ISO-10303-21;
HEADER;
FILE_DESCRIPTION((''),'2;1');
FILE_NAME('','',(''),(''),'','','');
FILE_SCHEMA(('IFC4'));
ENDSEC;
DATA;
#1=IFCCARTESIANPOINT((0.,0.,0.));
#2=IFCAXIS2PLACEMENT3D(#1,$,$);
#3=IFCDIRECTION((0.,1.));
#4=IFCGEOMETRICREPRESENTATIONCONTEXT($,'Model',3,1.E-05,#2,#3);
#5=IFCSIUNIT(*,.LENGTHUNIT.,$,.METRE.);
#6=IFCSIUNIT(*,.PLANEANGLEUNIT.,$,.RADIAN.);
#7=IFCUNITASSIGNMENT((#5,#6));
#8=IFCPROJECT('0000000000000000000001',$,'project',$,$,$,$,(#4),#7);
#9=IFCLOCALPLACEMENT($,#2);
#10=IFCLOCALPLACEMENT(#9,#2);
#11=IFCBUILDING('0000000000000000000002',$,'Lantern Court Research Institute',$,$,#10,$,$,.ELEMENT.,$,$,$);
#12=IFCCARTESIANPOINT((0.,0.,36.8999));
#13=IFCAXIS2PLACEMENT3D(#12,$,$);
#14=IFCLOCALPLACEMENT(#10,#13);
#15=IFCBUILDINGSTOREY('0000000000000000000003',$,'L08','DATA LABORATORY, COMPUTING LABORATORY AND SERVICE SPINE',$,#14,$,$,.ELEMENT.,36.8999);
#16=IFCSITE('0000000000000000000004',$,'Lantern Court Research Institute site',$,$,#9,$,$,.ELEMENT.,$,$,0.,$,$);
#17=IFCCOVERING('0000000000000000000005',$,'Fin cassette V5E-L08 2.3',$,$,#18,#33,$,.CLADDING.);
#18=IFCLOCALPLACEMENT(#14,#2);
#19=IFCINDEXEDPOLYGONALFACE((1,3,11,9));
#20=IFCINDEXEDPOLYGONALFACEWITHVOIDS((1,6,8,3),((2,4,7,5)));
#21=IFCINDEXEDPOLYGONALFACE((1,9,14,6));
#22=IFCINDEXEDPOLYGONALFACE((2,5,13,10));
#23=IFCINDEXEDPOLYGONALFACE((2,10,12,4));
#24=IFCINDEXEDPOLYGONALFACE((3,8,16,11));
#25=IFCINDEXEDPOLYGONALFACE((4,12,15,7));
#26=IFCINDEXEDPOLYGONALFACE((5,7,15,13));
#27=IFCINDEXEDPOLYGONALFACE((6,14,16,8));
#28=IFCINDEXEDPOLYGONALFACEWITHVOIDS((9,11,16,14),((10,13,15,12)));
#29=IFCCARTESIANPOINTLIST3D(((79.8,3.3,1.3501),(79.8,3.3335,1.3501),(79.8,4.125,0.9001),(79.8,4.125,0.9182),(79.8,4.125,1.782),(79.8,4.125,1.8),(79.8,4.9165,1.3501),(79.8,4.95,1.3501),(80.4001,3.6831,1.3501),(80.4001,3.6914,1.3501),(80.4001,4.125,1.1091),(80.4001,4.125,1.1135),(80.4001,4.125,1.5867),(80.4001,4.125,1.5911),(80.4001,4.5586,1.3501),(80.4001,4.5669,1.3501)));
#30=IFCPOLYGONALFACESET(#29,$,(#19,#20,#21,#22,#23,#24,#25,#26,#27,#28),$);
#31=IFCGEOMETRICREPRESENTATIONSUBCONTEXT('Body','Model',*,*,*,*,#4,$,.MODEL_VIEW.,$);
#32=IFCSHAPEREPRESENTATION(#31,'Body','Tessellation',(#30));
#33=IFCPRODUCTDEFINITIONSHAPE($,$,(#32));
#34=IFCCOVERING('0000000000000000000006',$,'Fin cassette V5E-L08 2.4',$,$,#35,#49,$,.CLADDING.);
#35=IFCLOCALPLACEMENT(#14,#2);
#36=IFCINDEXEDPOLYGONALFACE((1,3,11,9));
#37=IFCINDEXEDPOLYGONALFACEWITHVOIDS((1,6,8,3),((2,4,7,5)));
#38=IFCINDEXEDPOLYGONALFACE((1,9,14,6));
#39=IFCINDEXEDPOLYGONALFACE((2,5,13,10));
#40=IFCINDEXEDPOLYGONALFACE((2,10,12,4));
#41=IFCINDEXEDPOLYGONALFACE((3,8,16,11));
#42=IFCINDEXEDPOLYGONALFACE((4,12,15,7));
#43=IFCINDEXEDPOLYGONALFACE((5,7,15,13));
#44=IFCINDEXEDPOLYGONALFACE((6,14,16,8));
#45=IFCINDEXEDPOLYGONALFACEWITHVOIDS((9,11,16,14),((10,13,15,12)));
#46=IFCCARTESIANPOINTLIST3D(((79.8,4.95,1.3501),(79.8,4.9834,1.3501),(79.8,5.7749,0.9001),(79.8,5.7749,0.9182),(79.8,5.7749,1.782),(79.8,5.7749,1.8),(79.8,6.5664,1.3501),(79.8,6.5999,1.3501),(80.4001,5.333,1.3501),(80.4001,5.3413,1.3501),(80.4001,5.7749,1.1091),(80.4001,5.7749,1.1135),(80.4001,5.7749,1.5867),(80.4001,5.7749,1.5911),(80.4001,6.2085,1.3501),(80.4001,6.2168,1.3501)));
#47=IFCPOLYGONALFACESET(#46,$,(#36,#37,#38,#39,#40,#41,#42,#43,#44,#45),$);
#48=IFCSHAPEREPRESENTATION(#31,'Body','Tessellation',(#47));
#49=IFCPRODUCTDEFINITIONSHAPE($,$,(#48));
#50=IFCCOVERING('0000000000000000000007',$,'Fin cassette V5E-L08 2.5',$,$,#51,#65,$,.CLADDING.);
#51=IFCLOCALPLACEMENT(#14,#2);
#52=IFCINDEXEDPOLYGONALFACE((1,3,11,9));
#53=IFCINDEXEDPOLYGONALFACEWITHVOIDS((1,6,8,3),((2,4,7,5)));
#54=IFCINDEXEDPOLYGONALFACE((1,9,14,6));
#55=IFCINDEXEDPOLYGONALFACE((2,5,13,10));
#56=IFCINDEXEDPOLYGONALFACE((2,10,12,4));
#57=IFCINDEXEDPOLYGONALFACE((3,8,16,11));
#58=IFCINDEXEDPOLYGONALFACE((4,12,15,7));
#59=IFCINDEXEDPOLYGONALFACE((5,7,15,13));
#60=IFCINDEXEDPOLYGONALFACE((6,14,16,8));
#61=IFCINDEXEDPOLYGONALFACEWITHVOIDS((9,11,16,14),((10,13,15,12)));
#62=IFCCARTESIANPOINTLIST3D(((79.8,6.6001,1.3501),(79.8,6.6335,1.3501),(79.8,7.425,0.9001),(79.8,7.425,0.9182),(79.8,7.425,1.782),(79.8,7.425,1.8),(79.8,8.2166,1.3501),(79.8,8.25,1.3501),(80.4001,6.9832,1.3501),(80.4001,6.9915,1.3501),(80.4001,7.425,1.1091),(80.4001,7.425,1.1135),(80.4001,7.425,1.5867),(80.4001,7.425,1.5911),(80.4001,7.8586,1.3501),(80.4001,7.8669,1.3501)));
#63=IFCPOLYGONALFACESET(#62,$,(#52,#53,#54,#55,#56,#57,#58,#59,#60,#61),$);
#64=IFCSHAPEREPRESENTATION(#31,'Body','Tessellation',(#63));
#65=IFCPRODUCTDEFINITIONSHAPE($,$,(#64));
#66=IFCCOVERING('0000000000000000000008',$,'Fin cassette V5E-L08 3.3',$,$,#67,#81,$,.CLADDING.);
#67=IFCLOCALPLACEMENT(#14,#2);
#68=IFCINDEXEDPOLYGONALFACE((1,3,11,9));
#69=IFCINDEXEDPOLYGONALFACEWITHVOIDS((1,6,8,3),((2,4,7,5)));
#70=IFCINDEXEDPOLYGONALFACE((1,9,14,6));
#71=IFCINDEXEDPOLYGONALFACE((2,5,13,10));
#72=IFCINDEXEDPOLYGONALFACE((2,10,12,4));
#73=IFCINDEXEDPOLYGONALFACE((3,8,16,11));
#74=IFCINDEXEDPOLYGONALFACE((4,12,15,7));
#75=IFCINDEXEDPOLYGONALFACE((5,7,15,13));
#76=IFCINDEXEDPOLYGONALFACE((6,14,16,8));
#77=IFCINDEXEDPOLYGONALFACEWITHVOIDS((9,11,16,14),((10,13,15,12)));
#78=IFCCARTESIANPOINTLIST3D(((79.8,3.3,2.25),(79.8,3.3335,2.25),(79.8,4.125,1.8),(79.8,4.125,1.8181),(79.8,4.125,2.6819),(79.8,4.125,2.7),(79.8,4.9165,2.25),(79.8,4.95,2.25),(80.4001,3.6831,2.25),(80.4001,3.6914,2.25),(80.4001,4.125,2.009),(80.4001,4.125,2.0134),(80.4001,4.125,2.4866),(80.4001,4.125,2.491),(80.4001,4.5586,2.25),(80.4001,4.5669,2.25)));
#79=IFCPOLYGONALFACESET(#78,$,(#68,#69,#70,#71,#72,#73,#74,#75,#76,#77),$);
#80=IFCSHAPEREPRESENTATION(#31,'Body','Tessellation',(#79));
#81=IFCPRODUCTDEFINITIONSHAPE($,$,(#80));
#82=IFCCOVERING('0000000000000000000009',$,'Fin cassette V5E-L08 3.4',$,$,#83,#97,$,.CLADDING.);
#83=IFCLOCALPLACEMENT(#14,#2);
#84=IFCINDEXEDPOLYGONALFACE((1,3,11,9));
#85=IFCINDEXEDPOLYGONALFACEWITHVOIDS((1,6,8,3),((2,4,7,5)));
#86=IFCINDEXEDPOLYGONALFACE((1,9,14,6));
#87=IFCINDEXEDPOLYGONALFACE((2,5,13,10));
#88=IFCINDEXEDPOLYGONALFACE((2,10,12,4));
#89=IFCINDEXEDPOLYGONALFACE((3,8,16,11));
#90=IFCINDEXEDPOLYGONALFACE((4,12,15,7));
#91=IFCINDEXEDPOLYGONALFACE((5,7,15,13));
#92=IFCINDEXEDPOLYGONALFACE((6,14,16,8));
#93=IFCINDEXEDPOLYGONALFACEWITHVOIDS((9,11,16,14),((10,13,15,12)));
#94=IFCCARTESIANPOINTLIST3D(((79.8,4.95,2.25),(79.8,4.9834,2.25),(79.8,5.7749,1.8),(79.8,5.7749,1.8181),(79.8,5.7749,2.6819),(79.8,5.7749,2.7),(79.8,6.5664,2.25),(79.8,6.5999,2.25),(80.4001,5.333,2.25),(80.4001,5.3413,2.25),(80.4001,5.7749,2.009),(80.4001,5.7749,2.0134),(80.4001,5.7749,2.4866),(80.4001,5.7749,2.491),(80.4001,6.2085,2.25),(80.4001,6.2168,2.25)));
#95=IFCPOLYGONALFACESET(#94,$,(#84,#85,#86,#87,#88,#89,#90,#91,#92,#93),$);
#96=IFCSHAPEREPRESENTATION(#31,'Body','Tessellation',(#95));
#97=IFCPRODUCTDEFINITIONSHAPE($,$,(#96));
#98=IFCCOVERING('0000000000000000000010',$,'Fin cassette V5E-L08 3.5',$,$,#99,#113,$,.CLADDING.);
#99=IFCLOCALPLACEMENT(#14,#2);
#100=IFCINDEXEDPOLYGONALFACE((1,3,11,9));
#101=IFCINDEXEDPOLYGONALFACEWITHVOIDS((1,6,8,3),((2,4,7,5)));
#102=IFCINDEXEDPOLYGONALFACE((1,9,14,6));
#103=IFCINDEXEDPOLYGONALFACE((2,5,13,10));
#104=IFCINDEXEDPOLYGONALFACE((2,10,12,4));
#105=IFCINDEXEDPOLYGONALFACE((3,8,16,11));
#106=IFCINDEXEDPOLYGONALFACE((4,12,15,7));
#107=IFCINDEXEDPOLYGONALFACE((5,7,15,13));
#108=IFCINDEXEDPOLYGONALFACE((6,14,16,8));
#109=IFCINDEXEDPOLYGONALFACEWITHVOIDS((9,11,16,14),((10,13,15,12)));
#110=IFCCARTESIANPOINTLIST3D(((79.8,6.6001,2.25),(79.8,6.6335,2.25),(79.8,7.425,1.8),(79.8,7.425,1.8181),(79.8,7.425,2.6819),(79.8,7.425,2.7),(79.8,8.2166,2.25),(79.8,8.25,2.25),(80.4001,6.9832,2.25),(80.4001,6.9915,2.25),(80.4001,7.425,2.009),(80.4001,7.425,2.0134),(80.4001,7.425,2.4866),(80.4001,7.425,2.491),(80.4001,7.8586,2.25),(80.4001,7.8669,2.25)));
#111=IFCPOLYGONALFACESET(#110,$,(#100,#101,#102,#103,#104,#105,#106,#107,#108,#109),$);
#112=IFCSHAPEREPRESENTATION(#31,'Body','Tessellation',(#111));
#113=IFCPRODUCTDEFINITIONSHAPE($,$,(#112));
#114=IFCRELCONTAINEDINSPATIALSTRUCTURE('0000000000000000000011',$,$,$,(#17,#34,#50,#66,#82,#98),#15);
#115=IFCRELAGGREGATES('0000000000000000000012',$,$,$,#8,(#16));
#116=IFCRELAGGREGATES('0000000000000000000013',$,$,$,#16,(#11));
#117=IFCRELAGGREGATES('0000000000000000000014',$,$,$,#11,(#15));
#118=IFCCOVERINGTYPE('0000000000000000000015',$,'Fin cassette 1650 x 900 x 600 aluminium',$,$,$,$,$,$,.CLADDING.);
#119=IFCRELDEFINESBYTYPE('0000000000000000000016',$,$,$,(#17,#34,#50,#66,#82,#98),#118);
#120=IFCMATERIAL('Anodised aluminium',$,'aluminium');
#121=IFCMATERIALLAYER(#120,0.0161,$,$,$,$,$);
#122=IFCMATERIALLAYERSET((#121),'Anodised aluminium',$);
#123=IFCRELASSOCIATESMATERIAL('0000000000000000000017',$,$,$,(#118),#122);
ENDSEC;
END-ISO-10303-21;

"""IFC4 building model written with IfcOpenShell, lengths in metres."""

from ifc_helpers import new_model, entity, si_unit, direction, frame, origin, place, context, subcontext, project, spatial, material, layer, layer_set, type_object, element, save


model = new_model("IFC4")

# Units and contexts
model_context = context("Model", 3, precision=1e-05, world=origin(), true_north=direction((0.0, 1.0)))
body_context = subcontext(model_context, "Body", "Model", "MODEL_VIEW")
ifc_project = project(units=[si_unit("LENGTHUNIT", "METRE"), si_unit("PLANEANGLEUNIT", "RADIAN")], contexts=[model_context])

# Site, building, storey
site_placement = place(None, origin())
site = spatial("IfcSite", under=ifc_project, at=site_placement, Name="Lantern Court Research Institute site", CompositionType="ELEMENT", RefElevation=0.0)
building_placement = place(site_placement, origin())
building = spatial("IfcBuilding", under=site, at=building_placement, Name="Lantern Court Research Institute", CompositionType="ELEMENT")
storey_placement = place(building_placement, frame((0.0, 0.0, 36.8999)))
storey = spatial("IfcBuildingStorey", under=building, at=storey_placement, Name="L08", Description="DATA LABORATORY, COMPUTING LABORATORY AND SERVICE SPINE", CompositionType="ELEMENT", Elevation=36.8999)

# Coverings
ifc_material_1 = material(Name="Anodised aluminium", Category="aluminium")
ifc_layer_1 = layer(ifc_material_1, 0.0161)
ifc_layer_set_1 = layer_set([ifc_layer_1], Name="Anodised aluminium")
covering_type = type_object("IfcCoveringType", Name="Fin cassette 1650 x 900 x 600 aluminium", PredefinedType="CLADDING", material=ifc_layer_set_1)
covering_1_placement = place(storey_placement, frame((79.8, 4.125, 1.3501), z_axis=(1.0, 0.0, 0.0), x_axis=(0.0, 1.0, 0.0)))
cartesian_point_1 = entity("IfcCartesianPoint", [0.825, 0.0])
cartesian_point_2 = entity("IfcCartesianPoint", [0.7915, 0.0])
cartesian_point_3 = entity("IfcCartesianPoint", [0.4419, 0.0])
cartesian_point_4 = entity("IfcCartesianPoint", [0.4336, 0.0])
element("IfcCovering", 1, at=covering_1_placement, inside=storey, type_object=covering_type, Name="Fin cassette V5E-L08 2.3", PredefinedType="CLADDING", context=body_context, shape_type="SweptSolid", body=[
    entity("IfcExtrudedAreaSolidTapered", entity("IfcArbitraryProfileDefWithVoids", "AREA", None, entity("IfcPolyline", [cartesian_point_1, entity("IfcCartesianPoint", [0.0, 0.45]), entity("IfcCartesianPoint", [-0.825, 0.0]), entity("IfcCartesianPoint", [0.0, -0.45]), cartesian_point_1]), [entity("IfcPolyline", [cartesian_point_2, entity("IfcCartesianPoint", [0.0, 0.4319]), entity("IfcCartesianPoint", [-0.7915, 0.0]), entity("IfcCartesianPoint", [0.0, -0.4319]), cartesian_point_2])]), entity("IfcAxis2Placement3D", entity("IfcCartesianPoint", [0.0, 0.0, 0.0])), entity("IfcDirection", [0.0, 0.0, 1.0]), 0.6001, entity("IfcArbitraryProfileDefWithVoids", "AREA", None, entity("IfcPolyline", [cartesian_point_3, entity("IfcCartesianPoint", [0.0, 0.241]), entity("IfcCartesianPoint", [-0.4419, 0.0]), entity("IfcCartesianPoint", [0.0, -0.241]), cartesian_point_3]), [entity("IfcPolyline", [cartesian_point_4, entity("IfcCartesianPoint", [0.0, 0.2366]), entity("IfcCartesianPoint", [-0.4336, 0.0]), entity("IfcCartesianPoint", [0.0, -0.2366]), cartesian_point_4])])),
])
covering_2_placement = place(storey_placement, frame((79.8, 5.7749, 1.3501), z_axis=(1.0, 0.0, 0.0), x_axis=(0.0, 1.0, 0.0)))
cartesian_point_5 = entity("IfcCartesianPoint", [0.825, 0.0])
cartesian_point_6 = entity("IfcCartesianPoint", [0.7915, 0.0])
cartesian_point_7 = entity("IfcCartesianPoint", [0.4419, 0.0])
cartesian_point_8 = entity("IfcCartesianPoint", [0.4336, 0.0])
element("IfcCovering", 2, at=covering_2_placement, inside=storey, type_object=covering_type, Name="Fin cassette V5E-L08 2.4", PredefinedType="CLADDING", context=body_context, shape_type="SweptSolid", body=[
    entity("IfcExtrudedAreaSolidTapered", entity("IfcArbitraryProfileDefWithVoids", "AREA", None, entity("IfcPolyline", [cartesian_point_5, entity("IfcCartesianPoint", [0.0, 0.45]), entity("IfcCartesianPoint", [-0.825, 0.0]), entity("IfcCartesianPoint", [0.0, -0.45]), cartesian_point_5]), [entity("IfcPolyline", [cartesian_point_6, entity("IfcCartesianPoint", [0.0, 0.4319]), entity("IfcCartesianPoint", [-0.7915, 0.0]), entity("IfcCartesianPoint", [0.0, -0.4319]), cartesian_point_6])]), entity("IfcAxis2Placement3D", entity("IfcCartesianPoint", [0.0, 0.0, 0.0])), entity("IfcDirection", [0.0, 0.0, 1.0]), 0.6001, entity("IfcArbitraryProfileDefWithVoids", "AREA", None, entity("IfcPolyline", [cartesian_point_7, entity("IfcCartesianPoint", [0.0, 0.241]), entity("IfcCartesianPoint", [-0.4419, 0.0]), entity("IfcCartesianPoint", [0.0, -0.241]), cartesian_point_7]), [entity("IfcPolyline", [cartesian_point_8, entity("IfcCartesianPoint", [0.0, 0.2366]), entity("IfcCartesianPoint", [-0.4336, 0.0]), entity("IfcCartesianPoint", [0.0, -0.2366]), cartesian_point_8])])),
])
covering_3_placement = place(storey_placement, frame((79.8, 7.425, 1.3501), z_axis=(1.0, 0.0, 0.0), x_axis=(0.0, 1.0, 0.0)))
cartesian_point_9 = entity("IfcCartesianPoint", [0.825, 0.0])
cartesian_point_10 = entity("IfcCartesianPoint", [0.7915, 0.0])
cartesian_point_11 = entity("IfcCartesianPoint", [0.4419, 0.0])
cartesian_point_12 = entity("IfcCartesianPoint", [0.4336, 0.0])
element("IfcCovering", 3, at=covering_3_placement, inside=storey, type_object=covering_type, Name="Fin cassette V5E-L08 2.5", PredefinedType="CLADDING", context=body_context, shape_type="SweptSolid", body=[
    entity("IfcExtrudedAreaSolidTapered", entity("IfcArbitraryProfileDefWithVoids", "AREA", None, entity("IfcPolyline", [cartesian_point_9, entity("IfcCartesianPoint", [0.0, 0.45]), entity("IfcCartesianPoint", [-0.825, 0.0]), entity("IfcCartesianPoint", [0.0, -0.45]), cartesian_point_9]), [entity("IfcPolyline", [cartesian_point_10, entity("IfcCartesianPoint", [0.0, 0.4319]), entity("IfcCartesianPoint", [-0.7915, 0.0]), entity("IfcCartesianPoint", [0.0, -0.4319]), cartesian_point_10])]), entity("IfcAxis2Placement3D", entity("IfcCartesianPoint", [0.0, 0.0, 0.0])), entity("IfcDirection", [0.0, 0.0, 1.0]), 0.6001, entity("IfcArbitraryProfileDefWithVoids", "AREA", None, entity("IfcPolyline", [cartesian_point_11, entity("IfcCartesianPoint", [0.0, 0.241]), entity("IfcCartesianPoint", [-0.4419, 0.0]), entity("IfcCartesianPoint", [0.0, -0.241]), cartesian_point_11]), [entity("IfcPolyline", [cartesian_point_12, entity("IfcCartesianPoint", [0.0, 0.2366]), entity("IfcCartesianPoint", [-0.4336, 0.0]), entity("IfcCartesianPoint", [0.0, -0.2366]), cartesian_point_12])])),
])
covering_4_placement = place(storey_placement, frame((79.8, 4.125, 2.25), z_axis=(1.0, 0.0, 0.0), x_axis=(0.0, 1.0, 0.0)))
cartesian_point_13 = entity("IfcCartesianPoint", [0.825, 0.0])
cartesian_point_14 = entity("IfcCartesianPoint", [0.7915, 0.0])
cartesian_point_15 = entity("IfcCartesianPoint", [0.4419, 0.0])
cartesian_point_16 = entity("IfcCartesianPoint", [0.4336, 0.0])
element("IfcCovering", 4, at=covering_4_placement, inside=storey, type_object=covering_type, Name="Fin cassette V5E-L08 3.3", PredefinedType="CLADDING", context=body_context, shape_type="SweptSolid", body=[
    entity("IfcExtrudedAreaSolidTapered", entity("IfcArbitraryProfileDefWithVoids", "AREA", None, entity("IfcPolyline", [cartesian_point_13, entity("IfcCartesianPoint", [0.0, 0.45]), entity("IfcCartesianPoint", [-0.825, 0.0]), entity("IfcCartesianPoint", [0.0, -0.45]), cartesian_point_13]), [entity("IfcPolyline", [cartesian_point_14, entity("IfcCartesianPoint", [0.0, 0.4319]), entity("IfcCartesianPoint", [-0.7915, 0.0]), entity("IfcCartesianPoint", [0.0, -0.4319]), cartesian_point_14])]), entity("IfcAxis2Placement3D", entity("IfcCartesianPoint", [0.0, 0.0, 0.0])), entity("IfcDirection", [0.0, 0.0, 1.0]), 0.6001, entity("IfcArbitraryProfileDefWithVoids", "AREA", None, entity("IfcPolyline", [cartesian_point_15, entity("IfcCartesianPoint", [0.0, 0.241]), entity("IfcCartesianPoint", [-0.4419, 0.0]), entity("IfcCartesianPoint", [0.0, -0.241]), cartesian_point_15]), [entity("IfcPolyline", [cartesian_point_16, entity("IfcCartesianPoint", [0.0, 0.2366]), entity("IfcCartesianPoint", [-0.4336, 0.0]), entity("IfcCartesianPoint", [0.0, -0.2366]), cartesian_point_16])])),
])
covering_5_placement = place(storey_placement, frame((79.8, 5.7749, 2.25), z_axis=(1.0, 0.0, 0.0), x_axis=(0.0, 1.0, 0.0)))
cartesian_point_17 = entity("IfcCartesianPoint", [0.825, 0.0])
cartesian_point_18 = entity("IfcCartesianPoint", [0.7915, 0.0])
cartesian_point_19 = entity("IfcCartesianPoint", [0.4419, 0.0])
cartesian_point_20 = entity("IfcCartesianPoint", [0.4336, 0.0])
element("IfcCovering", 5, at=covering_5_placement, inside=storey, type_object=covering_type, Name="Fin cassette V5E-L08 3.4", PredefinedType="CLADDING", context=body_context, shape_type="SweptSolid", body=[
    entity("IfcExtrudedAreaSolidTapered", entity("IfcArbitraryProfileDefWithVoids", "AREA", None, entity("IfcPolyline", [cartesian_point_17, entity("IfcCartesianPoint", [0.0, 0.45]), entity("IfcCartesianPoint", [-0.825, 0.0]), entity("IfcCartesianPoint", [0.0, -0.45]), cartesian_point_17]), [entity("IfcPolyline", [cartesian_point_18, entity("IfcCartesianPoint", [0.0, 0.4319]), entity("IfcCartesianPoint", [-0.7915, 0.0]), entity("IfcCartesianPoint", [0.0, -0.4319]), cartesian_point_18])]), entity("IfcAxis2Placement3D", entity("IfcCartesianPoint", [0.0, 0.0, 0.0])), entity("IfcDirection", [0.0, 0.0, 1.0]), 0.6001, entity("IfcArbitraryProfileDefWithVoids", "AREA", None, entity("IfcPolyline", [cartesian_point_19, entity("IfcCartesianPoint", [0.0, 0.241]), entity("IfcCartesianPoint", [-0.4419, 0.0]), entity("IfcCartesianPoint", [0.0, -0.241]), cartesian_point_19]), [entity("IfcPolyline", [cartesian_point_20, entity("IfcCartesianPoint", [0.0, 0.2366]), entity("IfcCartesianPoint", [-0.4336, 0.0]), entity("IfcCartesianPoint", [0.0, -0.2366]), cartesian_point_20])])),
])
covering_6_placement = place(storey_placement, frame((79.8, 7.425, 2.25), z_axis=(1.0, 0.0, 0.0), x_axis=(0.0, 1.0, 0.0)))
cartesian_point_21 = entity("IfcCartesianPoint", [0.825, 0.0])
cartesian_point_22 = entity("IfcCartesianPoint", [0.7915, 0.0])
cartesian_point_23 = entity("IfcCartesianPoint", [0.4419, 0.0])
cartesian_point_24 = entity("IfcCartesianPoint", [0.4336, 0.0])
element("IfcCovering", 6, at=covering_6_placement, inside=storey, type_object=covering_type, Name="Fin cassette V5E-L08 3.5", PredefinedType="CLADDING", context=body_context, shape_type="SweptSolid", body=[
    entity("IfcExtrudedAreaSolidTapered", entity("IfcArbitraryProfileDefWithVoids", "AREA", None, entity("IfcPolyline", [cartesian_point_21, entity("IfcCartesianPoint", [0.0, 0.45]), entity("IfcCartesianPoint", [-0.825, 0.0]), entity("IfcCartesianPoint", [0.0, -0.45]), cartesian_point_21]), [entity("IfcPolyline", [cartesian_point_22, entity("IfcCartesianPoint", [0.0, 0.4319]), entity("IfcCartesianPoint", [-0.7915, 0.0]), entity("IfcCartesianPoint", [0.0, -0.4319]), cartesian_point_22])]), entity("IfcAxis2Placement3D", entity("IfcCartesianPoint", [0.0, 0.0, 0.0])), entity("IfcDirection", [0.0, 0.0, 1.0]), 0.6001, entity("IfcArbitraryProfileDefWithVoids", "AREA", None, entity("IfcPolyline", [cartesian_point_23, entity("IfcCartesianPoint", [0.0, 0.241]), entity("IfcCartesianPoint", [-0.4419, 0.0]), entity("IfcCartesianPoint", [0.0, -0.241]), cartesian_point_23]), [entity("IfcPolyline", [cartesian_point_24, entity("IfcCartesianPoint", [0.0, 0.2366]), entity("IfcCartesianPoint", [-0.4336, 0.0]), entity("IfcCartesianPoint", [0.0, -0.2366]), cartesian_point_24])])),
])

save(model, "model.ifc")
